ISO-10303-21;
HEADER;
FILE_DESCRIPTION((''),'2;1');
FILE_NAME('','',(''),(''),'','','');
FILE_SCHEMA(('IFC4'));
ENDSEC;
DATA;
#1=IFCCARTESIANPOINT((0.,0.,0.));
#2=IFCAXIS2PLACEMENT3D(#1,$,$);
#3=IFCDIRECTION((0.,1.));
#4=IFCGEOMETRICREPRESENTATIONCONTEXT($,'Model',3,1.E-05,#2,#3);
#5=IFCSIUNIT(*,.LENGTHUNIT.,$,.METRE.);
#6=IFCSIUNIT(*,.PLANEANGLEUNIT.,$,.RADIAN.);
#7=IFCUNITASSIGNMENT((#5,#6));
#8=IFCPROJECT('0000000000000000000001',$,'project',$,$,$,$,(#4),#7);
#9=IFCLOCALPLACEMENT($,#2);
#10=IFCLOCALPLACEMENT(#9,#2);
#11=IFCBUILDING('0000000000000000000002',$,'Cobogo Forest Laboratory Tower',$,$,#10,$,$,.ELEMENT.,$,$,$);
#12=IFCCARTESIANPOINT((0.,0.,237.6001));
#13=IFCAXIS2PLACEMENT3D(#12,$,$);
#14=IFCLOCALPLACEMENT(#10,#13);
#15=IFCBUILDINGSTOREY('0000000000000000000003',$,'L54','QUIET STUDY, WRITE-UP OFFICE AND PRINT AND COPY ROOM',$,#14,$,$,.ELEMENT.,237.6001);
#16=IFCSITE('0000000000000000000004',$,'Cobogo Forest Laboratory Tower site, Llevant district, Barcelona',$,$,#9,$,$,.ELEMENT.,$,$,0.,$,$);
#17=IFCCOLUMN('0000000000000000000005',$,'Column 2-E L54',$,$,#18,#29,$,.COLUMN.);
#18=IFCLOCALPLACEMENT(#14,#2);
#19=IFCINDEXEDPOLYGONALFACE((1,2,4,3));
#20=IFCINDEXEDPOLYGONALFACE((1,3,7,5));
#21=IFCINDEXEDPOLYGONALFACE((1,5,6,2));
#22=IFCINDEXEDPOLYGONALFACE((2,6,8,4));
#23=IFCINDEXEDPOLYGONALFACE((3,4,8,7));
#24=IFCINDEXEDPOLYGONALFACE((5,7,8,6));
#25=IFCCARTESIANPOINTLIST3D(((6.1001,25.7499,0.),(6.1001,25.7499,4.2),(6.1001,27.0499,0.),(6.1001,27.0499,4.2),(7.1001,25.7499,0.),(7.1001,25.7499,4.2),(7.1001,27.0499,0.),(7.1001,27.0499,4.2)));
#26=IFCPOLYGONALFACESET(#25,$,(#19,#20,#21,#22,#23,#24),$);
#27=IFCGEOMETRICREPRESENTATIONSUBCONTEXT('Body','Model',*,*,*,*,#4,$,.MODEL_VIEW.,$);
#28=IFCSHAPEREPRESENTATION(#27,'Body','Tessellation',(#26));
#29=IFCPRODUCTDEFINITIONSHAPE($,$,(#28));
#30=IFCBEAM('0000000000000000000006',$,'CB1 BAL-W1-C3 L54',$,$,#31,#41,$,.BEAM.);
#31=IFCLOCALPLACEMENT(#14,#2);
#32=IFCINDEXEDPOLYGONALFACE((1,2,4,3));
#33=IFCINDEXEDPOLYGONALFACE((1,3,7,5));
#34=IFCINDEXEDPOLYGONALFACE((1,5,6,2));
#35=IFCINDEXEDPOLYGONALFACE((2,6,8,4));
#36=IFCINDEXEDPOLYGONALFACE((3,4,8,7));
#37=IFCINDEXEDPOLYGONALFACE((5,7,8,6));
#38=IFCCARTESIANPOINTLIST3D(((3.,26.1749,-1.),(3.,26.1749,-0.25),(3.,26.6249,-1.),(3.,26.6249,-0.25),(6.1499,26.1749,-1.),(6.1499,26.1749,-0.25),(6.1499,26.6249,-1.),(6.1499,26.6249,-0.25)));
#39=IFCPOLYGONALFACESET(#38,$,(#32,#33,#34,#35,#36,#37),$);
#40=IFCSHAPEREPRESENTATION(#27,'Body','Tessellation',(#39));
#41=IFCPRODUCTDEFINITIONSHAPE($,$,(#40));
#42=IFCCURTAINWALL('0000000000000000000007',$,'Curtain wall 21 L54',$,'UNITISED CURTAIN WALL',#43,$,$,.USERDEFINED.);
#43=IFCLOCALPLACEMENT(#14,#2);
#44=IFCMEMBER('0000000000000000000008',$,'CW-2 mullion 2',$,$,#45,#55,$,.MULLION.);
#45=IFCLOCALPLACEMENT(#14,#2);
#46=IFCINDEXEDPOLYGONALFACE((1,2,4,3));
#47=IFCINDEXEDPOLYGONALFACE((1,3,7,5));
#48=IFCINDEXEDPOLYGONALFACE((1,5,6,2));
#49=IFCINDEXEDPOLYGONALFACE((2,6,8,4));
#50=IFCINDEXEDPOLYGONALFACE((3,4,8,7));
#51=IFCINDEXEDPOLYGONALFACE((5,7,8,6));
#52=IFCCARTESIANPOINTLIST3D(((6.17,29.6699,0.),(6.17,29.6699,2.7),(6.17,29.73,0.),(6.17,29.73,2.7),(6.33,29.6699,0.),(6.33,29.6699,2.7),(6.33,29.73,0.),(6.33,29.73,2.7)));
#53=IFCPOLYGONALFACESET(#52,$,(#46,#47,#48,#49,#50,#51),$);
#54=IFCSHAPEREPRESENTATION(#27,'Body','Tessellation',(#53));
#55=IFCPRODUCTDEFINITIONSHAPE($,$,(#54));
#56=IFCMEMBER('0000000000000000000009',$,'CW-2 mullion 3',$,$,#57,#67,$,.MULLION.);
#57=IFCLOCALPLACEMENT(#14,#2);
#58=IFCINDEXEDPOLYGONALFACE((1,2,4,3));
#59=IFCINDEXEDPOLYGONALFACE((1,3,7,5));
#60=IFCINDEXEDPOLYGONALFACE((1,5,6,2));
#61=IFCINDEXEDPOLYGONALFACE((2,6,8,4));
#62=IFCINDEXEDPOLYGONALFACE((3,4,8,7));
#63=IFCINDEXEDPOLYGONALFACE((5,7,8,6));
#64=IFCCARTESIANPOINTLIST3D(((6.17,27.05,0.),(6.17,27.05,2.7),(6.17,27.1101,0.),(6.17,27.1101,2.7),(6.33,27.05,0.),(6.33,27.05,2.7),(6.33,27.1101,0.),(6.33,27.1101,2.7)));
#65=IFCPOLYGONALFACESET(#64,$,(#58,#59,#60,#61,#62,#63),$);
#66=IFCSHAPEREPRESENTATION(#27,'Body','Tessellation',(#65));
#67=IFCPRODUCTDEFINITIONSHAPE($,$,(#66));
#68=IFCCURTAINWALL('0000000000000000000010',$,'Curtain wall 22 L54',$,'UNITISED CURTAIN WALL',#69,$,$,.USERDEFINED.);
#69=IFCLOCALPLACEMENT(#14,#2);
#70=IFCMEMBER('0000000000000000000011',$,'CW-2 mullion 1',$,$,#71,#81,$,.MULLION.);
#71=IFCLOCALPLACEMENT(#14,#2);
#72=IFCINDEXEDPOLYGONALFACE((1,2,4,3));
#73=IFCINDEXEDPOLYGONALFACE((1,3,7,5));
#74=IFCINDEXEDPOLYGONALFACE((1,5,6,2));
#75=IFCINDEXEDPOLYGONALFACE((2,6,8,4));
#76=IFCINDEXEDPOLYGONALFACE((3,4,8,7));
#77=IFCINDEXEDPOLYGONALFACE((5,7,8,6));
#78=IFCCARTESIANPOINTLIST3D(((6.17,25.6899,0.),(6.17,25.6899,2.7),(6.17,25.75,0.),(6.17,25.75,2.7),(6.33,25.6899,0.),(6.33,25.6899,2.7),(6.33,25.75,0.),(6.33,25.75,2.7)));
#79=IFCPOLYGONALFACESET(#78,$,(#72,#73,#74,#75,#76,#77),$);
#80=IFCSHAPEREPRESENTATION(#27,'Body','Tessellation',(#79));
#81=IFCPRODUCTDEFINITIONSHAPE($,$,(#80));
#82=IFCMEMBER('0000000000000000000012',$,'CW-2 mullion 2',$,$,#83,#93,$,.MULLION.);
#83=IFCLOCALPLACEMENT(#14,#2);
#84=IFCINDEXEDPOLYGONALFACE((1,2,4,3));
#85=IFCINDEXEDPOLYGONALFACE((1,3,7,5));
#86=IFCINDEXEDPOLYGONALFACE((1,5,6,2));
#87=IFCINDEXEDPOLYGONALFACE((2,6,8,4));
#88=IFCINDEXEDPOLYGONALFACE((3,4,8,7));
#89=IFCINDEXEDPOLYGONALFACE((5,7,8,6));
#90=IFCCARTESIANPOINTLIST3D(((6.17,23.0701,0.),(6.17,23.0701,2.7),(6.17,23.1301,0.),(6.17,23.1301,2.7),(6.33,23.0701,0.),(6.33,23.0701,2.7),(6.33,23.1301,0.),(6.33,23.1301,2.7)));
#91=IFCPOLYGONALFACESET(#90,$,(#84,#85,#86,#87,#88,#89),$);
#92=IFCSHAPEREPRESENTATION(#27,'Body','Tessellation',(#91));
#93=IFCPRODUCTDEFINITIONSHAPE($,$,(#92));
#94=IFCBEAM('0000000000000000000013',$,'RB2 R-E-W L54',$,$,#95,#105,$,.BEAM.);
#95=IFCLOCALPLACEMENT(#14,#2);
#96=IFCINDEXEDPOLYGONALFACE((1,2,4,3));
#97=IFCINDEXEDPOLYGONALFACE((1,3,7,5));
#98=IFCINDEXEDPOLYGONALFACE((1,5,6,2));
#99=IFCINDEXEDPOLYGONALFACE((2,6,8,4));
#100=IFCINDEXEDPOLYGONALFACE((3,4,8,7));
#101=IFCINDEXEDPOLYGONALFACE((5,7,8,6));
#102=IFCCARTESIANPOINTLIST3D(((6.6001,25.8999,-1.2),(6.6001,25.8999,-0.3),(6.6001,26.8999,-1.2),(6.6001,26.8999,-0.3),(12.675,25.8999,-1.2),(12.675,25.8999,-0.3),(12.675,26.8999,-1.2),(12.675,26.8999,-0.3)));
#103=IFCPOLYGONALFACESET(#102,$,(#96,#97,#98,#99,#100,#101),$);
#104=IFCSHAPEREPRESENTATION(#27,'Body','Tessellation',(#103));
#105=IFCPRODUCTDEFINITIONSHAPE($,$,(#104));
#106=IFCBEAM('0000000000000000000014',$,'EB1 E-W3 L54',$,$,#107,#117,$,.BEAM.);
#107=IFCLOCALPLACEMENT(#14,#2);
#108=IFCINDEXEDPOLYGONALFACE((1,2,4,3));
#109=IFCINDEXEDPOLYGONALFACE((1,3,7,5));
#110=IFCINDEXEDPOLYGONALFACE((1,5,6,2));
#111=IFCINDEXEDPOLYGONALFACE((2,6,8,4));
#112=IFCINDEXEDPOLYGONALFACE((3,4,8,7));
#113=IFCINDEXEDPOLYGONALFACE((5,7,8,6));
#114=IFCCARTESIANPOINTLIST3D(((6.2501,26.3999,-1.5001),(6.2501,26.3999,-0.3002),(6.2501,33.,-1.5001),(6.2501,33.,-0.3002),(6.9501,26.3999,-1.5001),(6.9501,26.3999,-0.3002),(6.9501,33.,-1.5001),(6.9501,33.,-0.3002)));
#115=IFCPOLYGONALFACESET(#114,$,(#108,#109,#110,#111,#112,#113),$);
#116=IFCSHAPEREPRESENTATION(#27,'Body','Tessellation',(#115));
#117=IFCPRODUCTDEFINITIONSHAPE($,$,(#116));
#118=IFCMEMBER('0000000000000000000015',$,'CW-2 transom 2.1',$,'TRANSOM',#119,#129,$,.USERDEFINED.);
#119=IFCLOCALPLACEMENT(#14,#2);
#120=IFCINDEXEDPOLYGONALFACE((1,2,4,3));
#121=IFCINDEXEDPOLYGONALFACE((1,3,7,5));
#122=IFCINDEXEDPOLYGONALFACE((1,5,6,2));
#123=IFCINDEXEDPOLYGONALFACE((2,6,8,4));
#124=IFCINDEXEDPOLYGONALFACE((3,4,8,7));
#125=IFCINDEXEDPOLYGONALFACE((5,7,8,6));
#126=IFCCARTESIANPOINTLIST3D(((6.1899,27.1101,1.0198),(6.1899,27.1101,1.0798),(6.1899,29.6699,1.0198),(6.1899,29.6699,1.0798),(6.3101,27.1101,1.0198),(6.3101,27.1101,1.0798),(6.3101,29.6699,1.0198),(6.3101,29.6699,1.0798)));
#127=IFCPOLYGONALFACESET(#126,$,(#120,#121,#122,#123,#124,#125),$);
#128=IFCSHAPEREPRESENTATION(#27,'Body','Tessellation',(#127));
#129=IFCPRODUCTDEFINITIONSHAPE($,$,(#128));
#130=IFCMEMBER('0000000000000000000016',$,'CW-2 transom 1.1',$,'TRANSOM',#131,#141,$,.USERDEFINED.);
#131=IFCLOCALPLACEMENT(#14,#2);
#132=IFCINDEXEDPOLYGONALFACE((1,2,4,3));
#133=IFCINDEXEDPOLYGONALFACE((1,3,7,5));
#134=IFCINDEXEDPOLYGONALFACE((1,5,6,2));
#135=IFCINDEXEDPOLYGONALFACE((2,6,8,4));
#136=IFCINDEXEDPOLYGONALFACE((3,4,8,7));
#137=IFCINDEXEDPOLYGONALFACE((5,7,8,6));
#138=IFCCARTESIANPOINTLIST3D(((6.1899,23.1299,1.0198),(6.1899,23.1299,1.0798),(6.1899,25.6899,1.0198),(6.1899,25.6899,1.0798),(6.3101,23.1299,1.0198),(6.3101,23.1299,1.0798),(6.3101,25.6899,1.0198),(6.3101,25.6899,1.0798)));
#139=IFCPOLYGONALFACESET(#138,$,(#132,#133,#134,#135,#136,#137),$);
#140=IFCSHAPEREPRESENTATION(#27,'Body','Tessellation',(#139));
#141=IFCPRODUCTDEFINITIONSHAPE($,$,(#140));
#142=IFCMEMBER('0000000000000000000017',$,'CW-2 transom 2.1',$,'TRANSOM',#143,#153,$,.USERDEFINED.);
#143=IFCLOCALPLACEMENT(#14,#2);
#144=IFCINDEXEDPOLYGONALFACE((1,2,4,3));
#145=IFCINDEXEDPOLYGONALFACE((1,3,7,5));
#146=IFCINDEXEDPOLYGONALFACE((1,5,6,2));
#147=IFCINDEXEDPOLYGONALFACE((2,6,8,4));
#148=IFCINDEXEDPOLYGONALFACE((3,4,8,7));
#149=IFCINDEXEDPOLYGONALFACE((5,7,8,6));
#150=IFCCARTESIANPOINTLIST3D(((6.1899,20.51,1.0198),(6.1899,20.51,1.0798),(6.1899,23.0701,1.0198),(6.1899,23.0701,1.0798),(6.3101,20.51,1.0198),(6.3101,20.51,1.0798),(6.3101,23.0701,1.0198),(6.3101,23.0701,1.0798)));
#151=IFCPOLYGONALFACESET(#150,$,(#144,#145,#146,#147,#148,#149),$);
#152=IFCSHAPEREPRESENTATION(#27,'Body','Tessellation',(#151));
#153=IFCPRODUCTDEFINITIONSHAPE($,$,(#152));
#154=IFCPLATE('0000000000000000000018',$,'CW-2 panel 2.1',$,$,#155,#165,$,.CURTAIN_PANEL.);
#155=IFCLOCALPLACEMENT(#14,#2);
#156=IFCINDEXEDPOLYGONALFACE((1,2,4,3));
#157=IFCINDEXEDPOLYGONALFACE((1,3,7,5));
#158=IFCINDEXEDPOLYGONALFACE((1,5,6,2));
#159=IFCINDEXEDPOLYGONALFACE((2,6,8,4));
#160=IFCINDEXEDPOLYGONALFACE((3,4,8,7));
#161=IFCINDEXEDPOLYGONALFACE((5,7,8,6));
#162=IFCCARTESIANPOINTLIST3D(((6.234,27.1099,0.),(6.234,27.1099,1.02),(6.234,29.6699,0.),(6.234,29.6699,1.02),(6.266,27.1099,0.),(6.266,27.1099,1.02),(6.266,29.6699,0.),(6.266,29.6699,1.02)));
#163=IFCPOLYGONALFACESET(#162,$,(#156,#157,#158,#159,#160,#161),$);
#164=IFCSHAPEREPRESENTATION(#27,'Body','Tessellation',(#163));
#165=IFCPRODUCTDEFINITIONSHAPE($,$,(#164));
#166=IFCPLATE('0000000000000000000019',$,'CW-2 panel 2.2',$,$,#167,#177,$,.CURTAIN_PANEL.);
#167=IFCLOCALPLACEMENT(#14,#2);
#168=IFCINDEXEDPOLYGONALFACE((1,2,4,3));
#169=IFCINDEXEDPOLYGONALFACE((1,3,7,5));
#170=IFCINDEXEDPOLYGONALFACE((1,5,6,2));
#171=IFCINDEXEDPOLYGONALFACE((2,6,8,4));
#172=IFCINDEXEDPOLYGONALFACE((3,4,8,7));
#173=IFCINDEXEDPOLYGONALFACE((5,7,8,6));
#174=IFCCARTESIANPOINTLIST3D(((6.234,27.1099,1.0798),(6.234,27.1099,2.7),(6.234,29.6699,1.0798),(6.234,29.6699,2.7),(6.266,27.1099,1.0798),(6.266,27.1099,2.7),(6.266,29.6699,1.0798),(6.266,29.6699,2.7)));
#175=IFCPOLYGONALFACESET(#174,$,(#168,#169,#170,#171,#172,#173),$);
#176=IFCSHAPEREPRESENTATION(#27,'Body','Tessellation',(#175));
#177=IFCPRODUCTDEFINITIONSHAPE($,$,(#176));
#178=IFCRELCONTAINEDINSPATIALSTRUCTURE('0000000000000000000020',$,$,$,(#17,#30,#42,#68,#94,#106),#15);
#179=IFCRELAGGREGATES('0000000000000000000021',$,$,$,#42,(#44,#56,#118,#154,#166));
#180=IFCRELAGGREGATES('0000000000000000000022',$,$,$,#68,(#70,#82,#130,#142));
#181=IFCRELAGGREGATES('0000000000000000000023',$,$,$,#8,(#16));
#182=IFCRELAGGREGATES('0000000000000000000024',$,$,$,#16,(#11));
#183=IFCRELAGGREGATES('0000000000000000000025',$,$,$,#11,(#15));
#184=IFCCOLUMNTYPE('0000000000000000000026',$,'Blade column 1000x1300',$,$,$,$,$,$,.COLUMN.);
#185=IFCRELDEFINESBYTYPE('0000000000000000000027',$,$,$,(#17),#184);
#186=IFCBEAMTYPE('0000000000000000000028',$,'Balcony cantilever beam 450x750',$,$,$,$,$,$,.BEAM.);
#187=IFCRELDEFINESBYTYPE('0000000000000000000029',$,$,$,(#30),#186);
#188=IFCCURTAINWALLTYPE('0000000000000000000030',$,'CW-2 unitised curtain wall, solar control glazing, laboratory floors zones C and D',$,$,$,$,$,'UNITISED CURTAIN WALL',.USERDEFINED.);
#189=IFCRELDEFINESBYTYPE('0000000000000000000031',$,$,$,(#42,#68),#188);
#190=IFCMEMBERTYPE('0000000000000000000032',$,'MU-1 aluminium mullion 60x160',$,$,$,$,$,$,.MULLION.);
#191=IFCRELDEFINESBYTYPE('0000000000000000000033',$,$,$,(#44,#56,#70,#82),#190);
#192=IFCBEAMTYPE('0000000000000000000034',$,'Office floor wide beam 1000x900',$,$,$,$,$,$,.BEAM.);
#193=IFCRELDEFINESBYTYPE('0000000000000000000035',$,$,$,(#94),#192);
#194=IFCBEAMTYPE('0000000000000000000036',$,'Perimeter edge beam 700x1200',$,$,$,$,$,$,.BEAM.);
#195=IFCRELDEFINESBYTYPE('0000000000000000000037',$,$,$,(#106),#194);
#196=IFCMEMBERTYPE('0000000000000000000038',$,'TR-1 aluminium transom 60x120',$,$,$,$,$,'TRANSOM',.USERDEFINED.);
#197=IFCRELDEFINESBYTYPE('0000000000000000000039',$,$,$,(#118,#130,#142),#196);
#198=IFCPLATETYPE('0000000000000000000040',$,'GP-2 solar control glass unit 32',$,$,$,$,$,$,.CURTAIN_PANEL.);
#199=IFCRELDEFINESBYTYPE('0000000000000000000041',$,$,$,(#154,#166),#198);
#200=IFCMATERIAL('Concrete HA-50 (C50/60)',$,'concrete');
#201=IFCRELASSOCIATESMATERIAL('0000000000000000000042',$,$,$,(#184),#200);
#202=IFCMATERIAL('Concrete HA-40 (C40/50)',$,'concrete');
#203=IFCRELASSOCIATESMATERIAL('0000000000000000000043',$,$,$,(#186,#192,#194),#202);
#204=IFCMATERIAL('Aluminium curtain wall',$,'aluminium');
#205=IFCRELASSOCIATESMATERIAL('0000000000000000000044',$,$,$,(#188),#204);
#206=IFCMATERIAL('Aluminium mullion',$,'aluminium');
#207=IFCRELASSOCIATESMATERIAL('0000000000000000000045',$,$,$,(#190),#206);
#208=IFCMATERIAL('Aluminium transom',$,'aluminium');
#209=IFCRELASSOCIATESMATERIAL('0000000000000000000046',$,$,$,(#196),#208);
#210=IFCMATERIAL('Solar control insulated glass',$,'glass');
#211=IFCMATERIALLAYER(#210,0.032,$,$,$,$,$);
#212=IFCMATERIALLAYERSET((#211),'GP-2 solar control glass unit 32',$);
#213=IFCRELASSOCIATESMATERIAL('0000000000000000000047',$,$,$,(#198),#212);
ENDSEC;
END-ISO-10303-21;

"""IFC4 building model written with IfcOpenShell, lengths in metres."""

from ifc_helpers import new_model, si_unit, direction, frame, origin, origin_2d, place, context, subcontext, project, spatial, rectangle, extrude, material, layer, layer_set, material_profile, profile_set, type_object, element, aggregate, save


model = new_model("IFC4")

# Units and contexts
model_context = context("Model", 3, precision=1e-05, world=origin(), true_north=direction((0.0, 1.0)))
body_context = subcontext(model_context, "Body", "Model", "MODEL_VIEW")
ifc_project = project(units=[si_unit("LENGTHUNIT", "METRE"), si_unit("PLANEANGLEUNIT", "RADIAN")], contexts=[model_context])

# Site, building, storey
site_placement = place(None, origin())
site = spatial("IfcSite", under=ifc_project, at=site_placement, Name="Cobogo Forest Laboratory Tower site, Llevant district, Barcelona", CompositionType="ELEMENT", RefElevation=0.0)
building_placement = place(site_placement, origin())
building = spatial("IfcBuilding", under=site, at=building_placement, Name="Cobogo Forest Laboratory Tower", CompositionType="ELEMENT")
storey_placement = place(building_placement, frame((0.0, 0.0, 237.6001)))
storey = spatial("IfcBuildingStorey", under=building, at=storey_placement, Name="L54", Description="QUIET STUDY, WRITE-UP OFFICE AND PRINT AND COPY ROOM", CompositionType="ELEMENT", Elevation=237.6001)

# Column
ifc_material_1 = material(Name="Concrete HA-50 (C50/60)", Category="concrete")
ifc_material_profile_1 = material_profile(ifc_material_1, rectangle(XDim=1.3, YDim=1.0, at=origin_2d()), Name="RC 1000x1300")
ifc_profile_set_1 = profile_set([ifc_material_profile_1], Name="Concrete HA-50 (C50/60)")
column_type = type_object("IfcColumnType", Name="Blade column 1000x1300", PredefinedType="COLUMN", material=ifc_profile_set_1)
column_placement = place(storey_placement, frame((6.6001, 26.3999, 0.0), z_axis=(0.0, 0.0, 1.0), x_axis=(0.0, 1.0, 0.0)))
element("IfcColumn", 1, at=column_placement, inside=storey, type_object=column_type, Name="Column 2-E L54", PredefinedType="COLUMN", context=body_context, shape_type="SweptSolid", body=[
    extrude(rectangle(XDim=1.3, YDim=1.0, at=origin_2d()), origin(), (0.0, 0.0, 1.0), 4.2),
])

# Beam
ifc_material_2 = material(Name="Concrete HA-40 (C40/50)", Category="concrete")
ifc_material_profile_2 = material_profile(ifc_material_2, rectangle(XDim=0.45, YDim=0.75, at=origin_2d()), Name="RC 450x750")
ifc_profile_set_2 = profile_set([ifc_material_profile_2], Name="Concrete HA-40 (C40/50)")
beam_type_1 = type_object("IfcBeamType", Name="Balcony cantilever beam 450x750", PredefinedType="BEAM", material=ifc_profile_set_2)
beam_1_placement = place(storey_placement, frame((6.1499, 26.3999, -0.625), z_axis=(-1.0, 0.0, 0.0), x_axis=(0.0, -1.0, 0.0)))
element("IfcBeam", 2, at=beam_1_placement, inside=storey, type_object=beam_type_1, Name="CB1 BAL-W1-C3 L54", PredefinedType="BEAM", context=body_context, shape_type="SweptSolid", body=[
    extrude(rectangle(XDim=0.45, YDim=0.75, at=origin_2d()), origin(), (0.0, 0.0, 1.0), 3.1499),
])

# Curtain walls, members
ifc_material_3 = material(Name="Aluminium curtain wall", Category="aluminium")
curtain_wall_type = type_object("IfcCurtainWallType", Name="CW-2 unitised curtain wall, solar control glazing, laboratory floors zones C and D", ElementType="UNITISED CURTAIN WALL", PredefinedType="USERDEFINED", material=ifc_material_3)
curtain_wall_1_placement = place(storey_placement, origin())
curtain_wall_1 = element("IfcCurtainWall", 3, at=curtain_wall_1_placement, inside=storey, type_object=curtain_wall_type, Name="Curtain wall 21 L54", ObjectType="UNITISED CURTAIN WALL", PredefinedType="USERDEFINED")
ifc_material_4 = material(Name="Aluminium mullion", Category="aluminium")
ifc_material_profile_3 = material_profile(ifc_material_4, rectangle(XDim=0.0601, YDim=0.1599, at=origin_2d()), Name="AL 60x160")
ifc_profile_set_3 = profile_set([ifc_material_profile_3], Name="Aluminium mullion")
member_type_1 = type_object("IfcMemberType", Name="MU-1 aluminium mullion 60x160", PredefinedType="MULLION", material=ifc_profile_set_3)
member_1_placement = place(storey_placement, frame((6.25, 29.7, 0.0), z_axis=(0.0, 0.0, 1.0), x_axis=(0.0, -1.0, 0.0)))
member_1 = element("IfcMember", 4, at=member_1_placement, type_object=member_type_1, Name="CW-2 mullion 2", PredefinedType="MULLION", context=body_context, shape_type="SweptSolid", body=[
    extrude(rectangle(XDim=0.0601, YDim=0.1599, at=origin_2d()), origin(), (0.0, 0.0, 1.0), 2.7),
])
member_2_placement = place(storey_placement, frame((6.25, 27.0801, 0.0), z_axis=(0.0, 0.0, 1.0), x_axis=(0.0, -1.0, 0.0)))
member_2 = element("IfcMember", 5, at=member_2_placement, type_object=member_type_1, Name="CW-2 mullion 3", PredefinedType="MULLION", context=body_context, shape_type="SweptSolid", body=[
    extrude(rectangle(XDim=0.0601, YDim=0.1599, at=origin_2d()), origin(), (0.0, 0.0, 1.0), 2.7),
])
curtain_wall_2_placement = place(storey_placement, origin())
curtain_wall_2 = element("IfcCurtainWall", 6, at=curtain_wall_2_placement, inside=storey, type_object=curtain_wall_type, Name="Curtain wall 22 L54", ObjectType="UNITISED CURTAIN WALL", PredefinedType="USERDEFINED")
member_3_placement = place(storey_placement, frame((6.25, 25.72, 0.0), z_axis=(0.0, 0.0, 1.0), x_axis=(0.0, -1.0, 0.0)))
member_3 = element("IfcMember", 7, at=member_3_placement, type_object=member_type_1, Name="CW-2 mullion 1", PredefinedType="MULLION", context=body_context, shape_type="SweptSolid", body=[
    extrude(rectangle(XDim=0.0601, YDim=0.1599, at=origin_2d()), origin(), (0.0, 0.0, 1.0), 2.7),
])
member_4_placement = place(storey_placement, frame((6.25, 23.1001, 0.0), z_axis=(0.0, 0.0, 1.0), x_axis=(0.0, -1.0, 0.0)))
member_4 = element("IfcMember", 8, at=member_4_placement, type_object=member_type_1, Name="CW-2 mullion 2", PredefinedType="MULLION", context=body_context, shape_type="SweptSolid", body=[
    extrude(rectangle(XDim=0.0601, YDim=0.1599, at=origin_2d()), origin(), (0.0, 0.0, 1.0), 2.7),
])

# Beams
ifc_material_profile_4 = material_profile(ifc_material_2, rectangle(XDim=1.0, YDim=0.8999, at=origin_2d()), Name="RC 1000x900")
ifc_profile_set_4 = profile_set([ifc_material_profile_4], Name="Concrete HA-40 (C40/50)")
beam_type_2 = type_object("IfcBeamType", Name="Office floor wide beam 1000x900", PredefinedType="BEAM", material=ifc_profile_set_4)
beam_2_placement = place(storey_placement, frame((12.675, 26.3999, -0.75), z_axis=(-1.0, 0.0, 0.0), x_axis=(0.0, -1.0, 0.0)))
element("IfcBeam", 9, at=beam_2_placement, inside=storey, type_object=beam_type_2, Name="RB2 R-E-W L54", PredefinedType="BEAM", context=body_context, shape_type="SweptSolid", body=[
    extrude(rectangle(XDim=1.0, YDim=0.8999, at=origin_2d()), origin(), (0.0, 0.0, 1.0), 6.075),
])
ifc_material_profile_5 = material_profile(ifc_material_2, rectangle(XDim=0.7, YDim=1.2, at=origin_2d()), Name="RC 700x1200")
ifc_profile_set_5 = profile_set([ifc_material_profile_5], Name="Concrete HA-40 (C40/50)")
beam_type_3 = type_object("IfcBeamType", Name="Perimeter edge beam 700x1200", PredefinedType="BEAM", material=ifc_profile_set_5)
beam_3_placement = place(storey_placement, frame((6.6001, 26.3999, -0.9001), z_axis=(0.0, 1.0, 0.0), x_axis=(-1.0, 0.0, 0.0)))
element("IfcBeam", 10, at=beam_3_placement, inside=storey, type_object=beam_type_3, Name="EB1 E-W3 L54", PredefinedType="BEAM", context=body_context, shape_type="SweptSolid", body=[
    extrude(rectangle(XDim=0.7, YDim=1.2, at=origin_2d()), origin(), (0.0, 0.0, 1.0), 6.6001),
])

# Members
ifc_material_5 = material(Name="Aluminium transom", Category="aluminium")
ifc_material_profile_6 = material_profile(ifc_material_5, rectangle(XDim=0.1201, YDim=0.0601, at=origin_2d()), Name="AL 60x120")
ifc_profile_set_6 = profile_set([ifc_material_profile_6], Name="Aluminium transom")
member_type_2 = type_object("IfcMemberType", Name="TR-1 aluminium transom 60x120", ElementType="TRANSOM", PredefinedType="USERDEFINED", material=ifc_profile_set_6)
member_5_placement = place(storey_placement, frame((6.25, 29.6699, 1.0498), z_axis=(0.0, -1.0, 0.0), x_axis=(1.0, 0.0, 0.0)))
member_5 = element("IfcMember", 11, at=member_5_placement, type_object=member_type_2, Name="CW-2 transom 2.1", ObjectType="TRANSOM", PredefinedType="USERDEFINED", context=body_context, shape_type="SweptSolid", body=[
    extrude(rectangle(XDim=0.1201, YDim=0.0601, at=origin_2d()), origin(), (0.0, 0.0, 1.0), 2.5598),
])
member_6_placement = place(storey_placement, frame((6.25, 25.6899, 1.0498), z_axis=(0.0, -1.0, 0.0), x_axis=(1.0, 0.0, 0.0)))
member_6 = element("IfcMember", 12, at=member_6_placement, type_object=member_type_2, Name="CW-2 transom 1.1", ObjectType="TRANSOM", PredefinedType="USERDEFINED", context=body_context, shape_type="SweptSolid", body=[
    extrude(rectangle(XDim=0.1201, YDim=0.0601, at=origin_2d()), origin(), (0.0, 0.0, 1.0), 2.5601),
])
member_7_placement = place(storey_placement, frame((6.25, 23.0701, 1.0498), z_axis=(0.0, -1.0, 0.0), x_axis=(1.0, 0.0, 0.0)))
member_7 = element("IfcMember", 13, at=member_7_placement, type_object=member_type_2, Name="CW-2 transom 2.1", ObjectType="TRANSOM", PredefinedType="USERDEFINED", context=body_context, shape_type="SweptSolid", body=[
    extrude(rectangle(XDim=0.1201, YDim=0.0601, at=origin_2d()), origin(), (0.0, 0.0, 1.0), 2.5601),
])

# Plates
ifc_material_6 = material(Name="Solar control insulated glass", Category="glass")
ifc_layer_1 = layer(ifc_material_6, 0.032)
ifc_layer_set_1 = layer_set([ifc_layer_1], Name="GP-2 solar control glass unit 32")
plate_type_1 = type_object("IfcPlateType", Name="GP-2 solar control glass unit 32", PredefinedType="CURTAIN_PANEL", material=ifc_layer_set_1)
plate_1_placement = place(storey_placement, frame((6.25, 28.3899, 0.0), z_axis=(0.0, 0.0, 1.0), x_axis=(0.0, -1.0, 0.0)))
plate_1 = element("IfcPlate", 14, at=plate_1_placement, type_object=plate_type_1, Name="CW-2 panel 2.1", PredefinedType="CURTAIN_PANEL", context=body_context, shape_type="SweptSolid", body=[
    extrude(rectangle(XDim=2.5601, YDim=0.032, at=origin_2d()), origin(), (0.0, 0.0, 1.0), 1.02),
])
plate_2_placement = place(storey_placement, frame((6.25, 28.3899, 1.0798), z_axis=(0.0, 0.0, 1.0), x_axis=(0.0, -1.0, 0.0)))
plate_2 = element("IfcPlate", 15, at=plate_2_placement, type_object=plate_type_1, Name="CW-2 panel 2.2", PredefinedType="CURTAIN_PANEL", context=body_context, shape_type="SweptSolid", body=[
    extrude(rectangle(XDim=2.5601, YDim=0.032, at=origin_2d()), origin(), (0.0, 0.0, 1.0), 1.6201),
])
aggregate(curtain_wall_1, [member_1, member_2, member_5, plate_1, plate_2])
aggregate(curtain_wall_2, [member_3, member_4, member_6, member_7])

save(model, "model.ifc")
